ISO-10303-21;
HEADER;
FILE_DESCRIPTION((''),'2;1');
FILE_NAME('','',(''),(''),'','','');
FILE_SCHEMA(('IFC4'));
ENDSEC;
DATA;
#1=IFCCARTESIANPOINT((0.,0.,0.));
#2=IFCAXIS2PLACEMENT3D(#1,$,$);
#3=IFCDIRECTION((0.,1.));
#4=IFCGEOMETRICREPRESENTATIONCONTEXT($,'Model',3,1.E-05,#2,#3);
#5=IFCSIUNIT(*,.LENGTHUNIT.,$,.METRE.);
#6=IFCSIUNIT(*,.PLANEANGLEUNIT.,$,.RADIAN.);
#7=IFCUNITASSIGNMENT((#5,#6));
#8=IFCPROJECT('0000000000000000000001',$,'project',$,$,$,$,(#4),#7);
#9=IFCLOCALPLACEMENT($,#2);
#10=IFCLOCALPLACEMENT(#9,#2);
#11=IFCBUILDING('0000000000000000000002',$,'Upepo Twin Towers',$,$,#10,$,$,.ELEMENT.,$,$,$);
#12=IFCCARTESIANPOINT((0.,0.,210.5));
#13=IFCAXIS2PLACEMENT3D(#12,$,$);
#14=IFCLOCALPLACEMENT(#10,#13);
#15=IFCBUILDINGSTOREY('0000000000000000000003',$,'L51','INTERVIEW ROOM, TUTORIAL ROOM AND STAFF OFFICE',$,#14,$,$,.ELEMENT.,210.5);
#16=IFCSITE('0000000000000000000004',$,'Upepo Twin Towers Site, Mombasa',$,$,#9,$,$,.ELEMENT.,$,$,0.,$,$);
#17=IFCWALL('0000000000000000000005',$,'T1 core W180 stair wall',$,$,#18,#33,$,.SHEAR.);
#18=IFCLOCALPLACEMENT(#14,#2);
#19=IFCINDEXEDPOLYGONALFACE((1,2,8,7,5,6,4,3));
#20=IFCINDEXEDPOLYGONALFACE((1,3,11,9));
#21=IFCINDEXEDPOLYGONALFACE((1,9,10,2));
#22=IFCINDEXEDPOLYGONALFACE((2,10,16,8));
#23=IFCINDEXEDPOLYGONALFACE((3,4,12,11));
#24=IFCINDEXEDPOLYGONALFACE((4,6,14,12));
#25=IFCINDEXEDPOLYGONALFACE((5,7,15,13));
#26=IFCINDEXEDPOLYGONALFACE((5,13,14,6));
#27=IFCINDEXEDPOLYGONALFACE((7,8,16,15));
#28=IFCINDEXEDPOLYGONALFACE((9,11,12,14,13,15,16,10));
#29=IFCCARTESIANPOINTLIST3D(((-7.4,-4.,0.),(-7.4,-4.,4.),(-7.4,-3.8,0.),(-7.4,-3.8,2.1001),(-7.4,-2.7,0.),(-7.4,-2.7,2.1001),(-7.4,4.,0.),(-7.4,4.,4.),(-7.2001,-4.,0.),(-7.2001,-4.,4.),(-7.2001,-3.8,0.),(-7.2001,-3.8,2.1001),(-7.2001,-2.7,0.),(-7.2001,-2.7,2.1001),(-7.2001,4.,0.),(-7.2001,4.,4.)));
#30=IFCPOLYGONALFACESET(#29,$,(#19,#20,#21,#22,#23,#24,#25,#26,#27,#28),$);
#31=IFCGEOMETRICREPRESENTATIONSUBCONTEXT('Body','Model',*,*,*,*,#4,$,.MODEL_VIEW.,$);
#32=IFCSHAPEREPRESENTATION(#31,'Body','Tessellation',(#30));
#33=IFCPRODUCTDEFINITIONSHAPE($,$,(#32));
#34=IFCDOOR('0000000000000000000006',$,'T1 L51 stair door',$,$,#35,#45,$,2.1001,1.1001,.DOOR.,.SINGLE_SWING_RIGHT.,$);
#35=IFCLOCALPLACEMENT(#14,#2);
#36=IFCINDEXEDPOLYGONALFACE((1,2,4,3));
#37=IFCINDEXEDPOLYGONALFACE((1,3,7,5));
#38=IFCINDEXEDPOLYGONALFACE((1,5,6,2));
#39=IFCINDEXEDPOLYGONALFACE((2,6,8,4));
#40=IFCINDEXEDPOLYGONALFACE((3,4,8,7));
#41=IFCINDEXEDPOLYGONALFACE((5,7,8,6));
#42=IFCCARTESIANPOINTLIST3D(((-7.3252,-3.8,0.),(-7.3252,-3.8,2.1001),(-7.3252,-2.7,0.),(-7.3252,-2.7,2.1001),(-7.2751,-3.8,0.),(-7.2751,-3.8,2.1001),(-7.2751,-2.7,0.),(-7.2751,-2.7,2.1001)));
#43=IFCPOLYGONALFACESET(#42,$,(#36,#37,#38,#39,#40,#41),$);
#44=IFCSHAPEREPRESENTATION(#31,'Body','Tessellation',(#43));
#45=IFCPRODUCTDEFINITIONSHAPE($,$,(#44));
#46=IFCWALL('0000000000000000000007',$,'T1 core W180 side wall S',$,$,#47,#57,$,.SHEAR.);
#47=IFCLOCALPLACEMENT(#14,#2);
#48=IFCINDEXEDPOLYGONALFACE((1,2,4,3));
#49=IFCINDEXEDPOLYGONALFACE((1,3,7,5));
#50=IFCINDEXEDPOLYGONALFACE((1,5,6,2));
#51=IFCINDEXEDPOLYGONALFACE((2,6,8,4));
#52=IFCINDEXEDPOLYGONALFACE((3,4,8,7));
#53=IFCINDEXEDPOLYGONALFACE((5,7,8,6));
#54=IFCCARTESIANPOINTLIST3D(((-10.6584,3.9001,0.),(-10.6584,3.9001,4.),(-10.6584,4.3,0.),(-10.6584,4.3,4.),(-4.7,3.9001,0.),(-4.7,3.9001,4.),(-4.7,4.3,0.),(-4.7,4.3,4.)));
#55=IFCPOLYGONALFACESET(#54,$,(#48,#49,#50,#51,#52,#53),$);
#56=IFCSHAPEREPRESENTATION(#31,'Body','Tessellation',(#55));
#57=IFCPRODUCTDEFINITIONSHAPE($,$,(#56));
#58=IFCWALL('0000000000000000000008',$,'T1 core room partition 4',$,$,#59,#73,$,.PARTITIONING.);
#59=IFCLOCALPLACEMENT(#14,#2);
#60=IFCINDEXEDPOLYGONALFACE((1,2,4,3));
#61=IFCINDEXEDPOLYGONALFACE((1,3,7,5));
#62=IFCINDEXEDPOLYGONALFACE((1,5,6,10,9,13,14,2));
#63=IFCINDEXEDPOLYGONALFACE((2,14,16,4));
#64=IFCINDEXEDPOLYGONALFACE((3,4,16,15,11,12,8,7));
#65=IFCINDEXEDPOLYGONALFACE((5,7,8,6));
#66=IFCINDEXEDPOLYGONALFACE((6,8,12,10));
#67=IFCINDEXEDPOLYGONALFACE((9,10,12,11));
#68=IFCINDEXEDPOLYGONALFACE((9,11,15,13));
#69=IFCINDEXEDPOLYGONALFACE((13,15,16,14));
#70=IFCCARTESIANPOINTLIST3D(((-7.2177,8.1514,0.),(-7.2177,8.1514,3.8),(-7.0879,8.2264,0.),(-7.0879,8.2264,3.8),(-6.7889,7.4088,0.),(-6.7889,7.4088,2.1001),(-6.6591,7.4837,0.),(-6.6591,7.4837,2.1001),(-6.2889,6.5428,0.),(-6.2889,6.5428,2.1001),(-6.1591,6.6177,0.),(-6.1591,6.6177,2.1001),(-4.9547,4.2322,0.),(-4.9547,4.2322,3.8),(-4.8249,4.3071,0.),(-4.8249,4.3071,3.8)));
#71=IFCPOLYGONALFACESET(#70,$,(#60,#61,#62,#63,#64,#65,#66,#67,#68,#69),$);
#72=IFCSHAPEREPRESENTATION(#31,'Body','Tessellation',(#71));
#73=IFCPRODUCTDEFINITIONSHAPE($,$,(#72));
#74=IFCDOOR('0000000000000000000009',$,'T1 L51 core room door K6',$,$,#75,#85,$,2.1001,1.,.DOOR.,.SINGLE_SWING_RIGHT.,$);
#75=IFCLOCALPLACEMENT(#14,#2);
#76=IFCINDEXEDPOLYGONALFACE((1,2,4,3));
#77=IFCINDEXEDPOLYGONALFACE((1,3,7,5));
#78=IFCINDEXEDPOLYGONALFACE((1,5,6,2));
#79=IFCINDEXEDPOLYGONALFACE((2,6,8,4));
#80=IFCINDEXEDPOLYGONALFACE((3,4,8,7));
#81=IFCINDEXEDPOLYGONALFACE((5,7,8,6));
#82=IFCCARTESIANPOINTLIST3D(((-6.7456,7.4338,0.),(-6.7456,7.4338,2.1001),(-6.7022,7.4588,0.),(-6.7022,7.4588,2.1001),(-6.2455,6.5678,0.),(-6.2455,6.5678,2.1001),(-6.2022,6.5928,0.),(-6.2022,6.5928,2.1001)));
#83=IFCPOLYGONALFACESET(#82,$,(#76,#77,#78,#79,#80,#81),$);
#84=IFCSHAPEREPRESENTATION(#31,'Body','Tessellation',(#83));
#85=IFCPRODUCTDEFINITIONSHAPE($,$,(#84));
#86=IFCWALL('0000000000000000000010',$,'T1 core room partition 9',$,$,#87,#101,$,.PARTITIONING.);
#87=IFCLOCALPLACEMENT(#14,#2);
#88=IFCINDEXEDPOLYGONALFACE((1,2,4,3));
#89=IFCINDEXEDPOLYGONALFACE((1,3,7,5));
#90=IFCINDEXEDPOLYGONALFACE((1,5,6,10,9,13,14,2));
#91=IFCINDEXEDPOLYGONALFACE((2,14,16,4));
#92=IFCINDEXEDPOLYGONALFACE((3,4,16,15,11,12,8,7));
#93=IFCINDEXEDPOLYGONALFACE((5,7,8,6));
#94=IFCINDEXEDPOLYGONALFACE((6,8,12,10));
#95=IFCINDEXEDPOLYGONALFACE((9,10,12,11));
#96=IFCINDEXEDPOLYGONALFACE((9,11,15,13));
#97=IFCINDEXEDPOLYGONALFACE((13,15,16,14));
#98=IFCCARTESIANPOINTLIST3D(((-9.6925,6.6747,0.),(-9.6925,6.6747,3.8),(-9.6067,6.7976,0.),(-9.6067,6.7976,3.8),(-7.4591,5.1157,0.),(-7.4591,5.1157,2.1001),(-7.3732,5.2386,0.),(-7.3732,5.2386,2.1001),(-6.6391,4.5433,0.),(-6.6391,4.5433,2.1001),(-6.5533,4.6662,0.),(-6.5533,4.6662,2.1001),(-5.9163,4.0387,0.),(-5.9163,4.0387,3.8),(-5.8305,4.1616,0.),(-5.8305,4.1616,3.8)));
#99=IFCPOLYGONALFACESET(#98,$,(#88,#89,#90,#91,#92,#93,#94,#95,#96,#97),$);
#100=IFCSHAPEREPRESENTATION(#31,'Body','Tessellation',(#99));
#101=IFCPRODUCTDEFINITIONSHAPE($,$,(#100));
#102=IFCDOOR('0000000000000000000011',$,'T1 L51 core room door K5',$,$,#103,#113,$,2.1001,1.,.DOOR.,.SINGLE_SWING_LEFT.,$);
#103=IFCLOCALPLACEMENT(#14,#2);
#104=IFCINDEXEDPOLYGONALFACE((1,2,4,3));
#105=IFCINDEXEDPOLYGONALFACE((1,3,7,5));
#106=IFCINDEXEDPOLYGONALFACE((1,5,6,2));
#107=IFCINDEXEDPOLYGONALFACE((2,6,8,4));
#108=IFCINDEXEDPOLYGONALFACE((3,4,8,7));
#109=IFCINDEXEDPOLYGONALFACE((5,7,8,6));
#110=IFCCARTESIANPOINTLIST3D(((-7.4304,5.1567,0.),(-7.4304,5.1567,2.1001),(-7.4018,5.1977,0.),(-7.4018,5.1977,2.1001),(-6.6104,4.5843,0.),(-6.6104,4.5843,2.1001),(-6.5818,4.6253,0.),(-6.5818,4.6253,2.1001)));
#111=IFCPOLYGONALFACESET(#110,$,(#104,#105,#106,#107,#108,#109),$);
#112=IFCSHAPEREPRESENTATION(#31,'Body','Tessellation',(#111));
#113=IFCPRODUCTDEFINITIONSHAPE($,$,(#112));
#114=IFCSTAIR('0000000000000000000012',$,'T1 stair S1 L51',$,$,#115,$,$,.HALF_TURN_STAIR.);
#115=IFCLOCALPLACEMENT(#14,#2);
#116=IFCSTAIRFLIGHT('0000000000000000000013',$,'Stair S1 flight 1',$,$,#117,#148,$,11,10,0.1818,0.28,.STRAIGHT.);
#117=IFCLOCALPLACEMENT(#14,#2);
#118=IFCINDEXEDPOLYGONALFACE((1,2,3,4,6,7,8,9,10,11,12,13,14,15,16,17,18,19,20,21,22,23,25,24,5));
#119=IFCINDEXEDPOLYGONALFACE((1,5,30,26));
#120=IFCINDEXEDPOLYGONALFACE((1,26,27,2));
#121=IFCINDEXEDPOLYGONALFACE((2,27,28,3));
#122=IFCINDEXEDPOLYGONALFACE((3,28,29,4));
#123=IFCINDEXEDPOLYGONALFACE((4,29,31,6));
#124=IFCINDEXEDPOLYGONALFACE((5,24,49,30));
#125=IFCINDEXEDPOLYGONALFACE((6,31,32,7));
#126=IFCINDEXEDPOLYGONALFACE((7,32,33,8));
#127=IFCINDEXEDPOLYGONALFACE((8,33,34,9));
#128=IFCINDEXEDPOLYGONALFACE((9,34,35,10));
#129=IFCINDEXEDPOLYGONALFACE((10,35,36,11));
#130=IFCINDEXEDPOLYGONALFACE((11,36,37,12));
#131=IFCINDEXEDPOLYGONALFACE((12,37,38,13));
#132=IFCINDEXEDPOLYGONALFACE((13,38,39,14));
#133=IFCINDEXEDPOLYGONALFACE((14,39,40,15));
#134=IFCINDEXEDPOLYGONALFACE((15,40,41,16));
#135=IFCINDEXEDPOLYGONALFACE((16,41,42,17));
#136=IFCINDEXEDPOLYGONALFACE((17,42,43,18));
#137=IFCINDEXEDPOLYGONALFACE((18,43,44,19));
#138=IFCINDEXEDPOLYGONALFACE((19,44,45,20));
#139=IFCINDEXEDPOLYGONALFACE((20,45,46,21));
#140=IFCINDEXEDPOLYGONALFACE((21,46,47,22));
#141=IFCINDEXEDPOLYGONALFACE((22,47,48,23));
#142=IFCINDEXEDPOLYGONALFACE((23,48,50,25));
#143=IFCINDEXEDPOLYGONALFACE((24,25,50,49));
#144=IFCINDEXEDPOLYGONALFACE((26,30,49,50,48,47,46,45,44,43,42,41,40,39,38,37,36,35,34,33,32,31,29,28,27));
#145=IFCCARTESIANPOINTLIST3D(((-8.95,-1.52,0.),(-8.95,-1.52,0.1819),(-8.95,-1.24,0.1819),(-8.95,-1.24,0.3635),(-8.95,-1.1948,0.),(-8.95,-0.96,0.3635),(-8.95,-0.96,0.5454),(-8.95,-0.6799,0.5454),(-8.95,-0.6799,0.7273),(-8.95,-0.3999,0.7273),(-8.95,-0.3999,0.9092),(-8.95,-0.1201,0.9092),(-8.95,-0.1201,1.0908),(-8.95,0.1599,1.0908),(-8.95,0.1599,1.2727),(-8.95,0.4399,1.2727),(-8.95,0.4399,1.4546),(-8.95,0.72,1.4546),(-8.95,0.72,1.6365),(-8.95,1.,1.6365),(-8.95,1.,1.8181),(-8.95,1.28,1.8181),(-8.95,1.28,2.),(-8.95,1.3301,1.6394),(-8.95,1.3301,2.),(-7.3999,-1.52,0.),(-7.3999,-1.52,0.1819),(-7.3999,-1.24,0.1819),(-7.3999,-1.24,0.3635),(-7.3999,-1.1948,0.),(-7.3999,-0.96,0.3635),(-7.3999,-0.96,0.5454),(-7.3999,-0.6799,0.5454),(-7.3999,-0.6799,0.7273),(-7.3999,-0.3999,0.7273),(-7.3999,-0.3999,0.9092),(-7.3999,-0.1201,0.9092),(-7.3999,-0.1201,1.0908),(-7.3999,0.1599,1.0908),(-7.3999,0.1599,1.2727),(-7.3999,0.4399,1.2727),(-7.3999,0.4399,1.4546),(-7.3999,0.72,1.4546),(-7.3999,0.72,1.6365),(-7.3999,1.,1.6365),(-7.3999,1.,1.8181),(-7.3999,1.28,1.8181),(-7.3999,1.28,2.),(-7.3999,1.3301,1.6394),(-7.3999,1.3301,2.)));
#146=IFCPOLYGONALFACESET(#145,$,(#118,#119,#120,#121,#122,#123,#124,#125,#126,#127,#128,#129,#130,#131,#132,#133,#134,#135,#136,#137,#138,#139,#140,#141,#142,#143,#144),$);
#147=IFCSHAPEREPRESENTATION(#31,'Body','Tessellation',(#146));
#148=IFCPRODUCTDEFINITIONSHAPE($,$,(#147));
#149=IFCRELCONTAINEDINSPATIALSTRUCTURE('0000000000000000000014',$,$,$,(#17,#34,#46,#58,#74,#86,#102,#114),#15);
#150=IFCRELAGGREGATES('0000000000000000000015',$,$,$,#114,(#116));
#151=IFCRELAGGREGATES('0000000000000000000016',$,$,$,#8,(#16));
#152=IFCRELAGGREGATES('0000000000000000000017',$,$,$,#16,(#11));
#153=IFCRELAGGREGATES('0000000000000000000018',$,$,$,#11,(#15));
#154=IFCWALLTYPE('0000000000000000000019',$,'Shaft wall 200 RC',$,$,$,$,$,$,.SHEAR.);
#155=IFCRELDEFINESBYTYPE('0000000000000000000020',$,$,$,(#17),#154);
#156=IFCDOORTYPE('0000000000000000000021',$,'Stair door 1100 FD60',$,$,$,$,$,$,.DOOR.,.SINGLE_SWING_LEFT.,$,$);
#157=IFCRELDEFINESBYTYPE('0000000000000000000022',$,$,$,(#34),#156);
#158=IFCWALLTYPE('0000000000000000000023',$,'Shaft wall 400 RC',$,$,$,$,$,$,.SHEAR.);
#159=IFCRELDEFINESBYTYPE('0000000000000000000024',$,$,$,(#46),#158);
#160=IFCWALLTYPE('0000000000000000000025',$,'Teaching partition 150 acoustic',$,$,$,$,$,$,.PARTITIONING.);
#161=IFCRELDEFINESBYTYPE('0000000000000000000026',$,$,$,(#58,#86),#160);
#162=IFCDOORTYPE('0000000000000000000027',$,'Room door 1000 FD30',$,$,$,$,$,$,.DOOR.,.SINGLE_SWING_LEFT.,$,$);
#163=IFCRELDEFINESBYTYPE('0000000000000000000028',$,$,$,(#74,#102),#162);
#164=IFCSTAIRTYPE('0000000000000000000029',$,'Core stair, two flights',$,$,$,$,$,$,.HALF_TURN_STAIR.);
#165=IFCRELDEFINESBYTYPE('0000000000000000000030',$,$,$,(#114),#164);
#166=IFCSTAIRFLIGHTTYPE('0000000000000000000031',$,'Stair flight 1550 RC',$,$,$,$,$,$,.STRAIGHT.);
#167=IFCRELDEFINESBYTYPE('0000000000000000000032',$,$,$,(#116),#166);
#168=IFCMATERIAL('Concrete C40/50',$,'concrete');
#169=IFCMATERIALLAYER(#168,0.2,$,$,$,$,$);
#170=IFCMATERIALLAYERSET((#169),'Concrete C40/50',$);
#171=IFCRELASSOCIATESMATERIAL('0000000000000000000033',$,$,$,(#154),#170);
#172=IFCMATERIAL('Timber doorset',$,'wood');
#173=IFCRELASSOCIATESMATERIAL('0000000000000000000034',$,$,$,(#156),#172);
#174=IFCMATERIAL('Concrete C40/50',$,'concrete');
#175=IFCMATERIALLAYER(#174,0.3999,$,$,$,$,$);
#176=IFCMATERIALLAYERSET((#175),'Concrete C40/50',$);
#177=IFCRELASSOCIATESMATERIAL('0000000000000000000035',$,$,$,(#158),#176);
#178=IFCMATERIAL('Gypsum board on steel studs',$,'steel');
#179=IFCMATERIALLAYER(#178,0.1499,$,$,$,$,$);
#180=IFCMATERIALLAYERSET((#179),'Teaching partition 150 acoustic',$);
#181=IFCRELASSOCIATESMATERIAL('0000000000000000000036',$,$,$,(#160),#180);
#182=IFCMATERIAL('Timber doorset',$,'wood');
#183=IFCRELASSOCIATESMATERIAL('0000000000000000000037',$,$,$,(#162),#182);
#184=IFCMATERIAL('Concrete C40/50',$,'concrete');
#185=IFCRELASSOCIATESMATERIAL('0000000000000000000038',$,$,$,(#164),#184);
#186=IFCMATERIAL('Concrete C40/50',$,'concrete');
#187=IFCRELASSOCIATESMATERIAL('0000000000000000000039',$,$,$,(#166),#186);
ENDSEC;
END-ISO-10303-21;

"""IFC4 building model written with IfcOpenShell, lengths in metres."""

from ifc_helpers import new_model, si_unit, direction, frame, frame_2d, origin, place, context, subcontext, project, spatial, polyline, rectangle, outline, extrude, material, layer, layer_set, type_object, element, fill, aggregate, save


model = new_model("IFC4")

# Units and contexts
model_context = context("Model", 3, precision=1e-05, world=origin(), true_north=direction((0.0, 1.0)))
body_context = subcontext(model_context, "Body", "Model", "MODEL_VIEW")
ifc_project = project(units=[si_unit("LENGTHUNIT", "METRE"), si_unit("PLANEANGLEUNIT", "RADIAN")], contexts=[model_context])

# Site, building, storey
site_placement = place(None, origin())
site = spatial("IfcSite", under=ifc_project, at=site_placement, Name="Upepo Twin Towers Site, Mombasa", CompositionType="ELEMENT", RefElevation=0.0)
building_placement = place(site_placement, origin())
building = spatial("IfcBuilding", under=site, at=building_placement, Name="Upepo Twin Towers", CompositionType="ELEMENT")
storey_placement = place(building_placement, frame((0.0, 0.0, 210.5)))
storey = spatial("IfcBuildingStorey", under=building, at=storey_placement, Name="L51", Description="INTERVIEW ROOM, TUTORIAL ROOM AND STAFF OFFICE", CompositionType="ELEMENT", Elevation=210.5)

# Shared definitions
ifc_material_1 = material(Name="Concrete C40/50", Category="concrete")
ifc_layer_1 = layer(ifc_material_1, 0.2)
ifc_layer_set_1 = layer_set([ifc_layer_1], Name="Concrete C40/50")
wall_type_1 = type_object("IfcWallType", Name="Shaft wall 200 RC", PredefinedType="SHEAR", material=ifc_layer_set_1)

# Wall, opening, door
wall_1_placement = place(storey_placement, frame((-7.3, 4.0, 0.0), z_axis=(0.0, 0.0, 1.0), x_axis=(0.0, -1.0, 0.0)))
wall_1 = element("IfcWall", 1, at=wall_1_placement, inside=storey, type_object=wall_type_1, Name="T1 core W180 stair wall", PredefinedType="SHEAR", context=body_context, shape_type="SweptSolid", body=[
    extrude(rectangle(XDim=8.0, YDim=0.2, at=frame_2d((4.0, 0.0))), origin(), (0.0, 0.0, 1.0), 4.0),
])
opening_1_placement = place(wall_1_placement, frame((6.7, 0.0, 0.0)))
opening_1 = element("IfcOpeningElement", 2, at=opening_1_placement, cuts=wall_1, PredefinedType="OPENING", context=body_context, shape_type="SweptSolid", body=[
    extrude(rectangle(XDim=1.1001, YDim=2.1001, at=frame_2d((0.55, 1.05))), frame((0.0, 0.1099, 0.0), z_axis=(0.0, -1.0, 0.0), x_axis=(1.0, 0.0, 0.0)), (0.0, 0.0, 1.0), 0.22),
])
ifc_material_2 = material(Name="Timber doorset", Category="wood")
door_type_1 = type_object("IfcDoorType", Name="Stair door 1100 FD60", OperationType="SINGLE_SWING_LEFT", PredefinedType="DOOR", material=ifc_material_2)
door_1_placement = place(opening_1_placement, origin())
door_1 = element("IfcDoor", 3, at=door_1_placement, inside=storey, type_object=door_type_1, Name="T1 L51 stair door", OperationType="SINGLE_SWING_RIGHT", OverallHeight=2.1001, OverallWidth=1.1001, PredefinedType="DOOR", context=body_context, shape_type="SweptSolid", body=[
    extrude(rectangle(XDim=1.1001, YDim=2.1001, at=frame_2d((0.55, 1.05))), frame((0.0, 0.0249, 0.0), z_axis=(0.0, -1.0, 0.0), x_axis=(1.0, 0.0, 0.0)), (0.0, 0.0, 1.0), 0.05),
])
fill(opening_1, door_1)

# Wall
ifc_material_3 = material(Name="Concrete C40/50", Category="concrete")
ifc_layer_2 = layer(ifc_material_3, 0.3999)
ifc_layer_set_2 = layer_set([ifc_layer_2], Name="Concrete C40/50")
wall_type_2 = type_object("IfcWallType", Name="Shaft wall 400 RC", PredefinedType="SHEAR", material=ifc_layer_set_2)
wall_2_placement = place(storey_placement, frame((-4.7, 4.1001, 0.0), z_axis=(0.0, 0.0, 1.0), x_axis=(-1.0, 0.0, 0.0)))
element("IfcWall", 4, at=wall_2_placement, inside=storey, type_object=wall_type_2, Name="T1 core W180 side wall S", PredefinedType="SHEAR", context=body_context, shape_type="SweptSolid", body=[
    extrude(rectangle(XDim=5.9585, YDim=0.3999, at=frame_2d((2.9792, 0.0))), origin(), (0.0, 0.0, 1.0), 4.0),
])

# Walls, openings, doors
ifc_material_4 = material(Name="Gypsum board on steel studs", Category="steel")
ifc_layer_3 = layer(ifc_material_4, 0.1499)
ifc_layer_set_3 = layer_set([ifc_layer_3], Name="Teaching partition 150 acoustic")
wall_type_3 = type_object("IfcWallType", Name="Teaching partition 150 acoustic", PredefinedType="PARTITIONING", material=ifc_layer_set_3)
wall_3_placement = place(storey_placement, frame((-4.8899, 4.2698, 0.0), z_axis=(0.0, 0.0, 1.0), x_axis=(-0.500032, 0.866007, 0.0)))
wall_3 = element("IfcWall", 5, at=wall_3_placement, inside=storey, type_object=wall_type_3, Name="T1 core room partition 4", PredefinedType="PARTITIONING", context=body_context, shape_type="SweptSolid", body=[
    extrude(rectangle(XDim=4.5256, YDim=0.1499, at=frame_2d((2.2627, 0.0))), origin(), (0.0, 0.0, 1.0), 3.8),
])
opening_2_placement = place(wall_3_placement, frame((2.668, 0.0, 0.0)))
opening_2 = element("IfcOpeningElement", 6, at=opening_2_placement, cuts=wall_3, PredefinedType="OPENING", context=body_context, shape_type="SweptSolid", body=[
    extrude(rectangle(XDim=1.0, YDim=2.1001, at=frame_2d((0.5, 1.05))), frame((0.0, 0.085, 0.0), z_axis=(0.0, -1.0, 0.0), x_axis=(1.0, 0.0, 0.0)), (0.0, 0.0, 1.0), 0.1699),
])
ifc_material_5 = material(Name="Timber doorset", Category="wood")
door_type_2 = type_object("IfcDoorType", Name="Room door 1000 FD30", OperationType="SINGLE_SWING_LEFT", PredefinedType="DOOR", material=ifc_material_5)
door_2_placement = place(opening_2_placement, origin())
door_2 = element("IfcDoor", 7, at=door_2_placement, inside=storey, type_object=door_type_2, Name="T1 L51 core room door K6", OperationType="SINGLE_SWING_RIGHT", OverallHeight=2.1001, OverallWidth=1.0, PredefinedType="DOOR", context=body_context, shape_type="SweptSolid", body=[
    extrude(rectangle(XDim=1.0, YDim=2.1001, at=frame_2d((0.5, 1.05))), frame((0.0, 0.0249, 0.0), z_axis=(0.0, -1.0, 0.0), x_axis=(1.0, 0.0, 0.0)), (0.0, 0.0, 1.0), 0.05),
])
fill(opening_2, door_2)
wall_4_placement = place(storey_placement, frame((-5.8733, 4.1001, 0.0), z_axis=(0.0, 0.0, 1.0), x_axis=(-0.819976, 0.572398, 0.0)))
wall_4 = element("IfcWall", 8, at=wall_4_placement, inside=storey, type_object=wall_type_3, Name="T1 core room partition 9", PredefinedType="PARTITIONING", context=body_context, shape_type="SweptSolid", body=[
    extrude(rectangle(XDim=4.6052, YDim=0.1499, at=frame_2d((2.3027, 0.0))), origin(), (0.0, 0.0, 1.0), 3.8),
])
opening_3_placement = place(wall_4_placement, frame((0.8816, 0.0, 0.0)))
opening_3 = element("IfcOpeningElement", 9, at=opening_3_placement, cuts=wall_4, PredefinedType="OPENING", context=body_context, shape_type="SweptSolid", body=[
    extrude(rectangle(XDim=1.0, YDim=2.1001, at=frame_2d((0.5, 1.05))), frame((0.0, 0.085, 0.0), z_axis=(0.0, -1.0, 0.0), x_axis=(1.0, 0.0, 0.0)), (0.0, 0.0, 1.0), 0.1699),
])
door_3_placement = place(opening_3_placement, origin())
door_3 = element("IfcDoor", 10, at=door_3_placement, inside=storey, type_object=door_type_2, Name="T1 L51 core room door K5", OperationType="SINGLE_SWING_LEFT", OverallHeight=2.1001, OverallWidth=1.0, PredefinedType="DOOR", context=body_context, shape_type="SweptSolid", body=[
    extrude(rectangle(XDim=1.0, YDim=2.1001, at=frame_2d((0.5, 1.05))), frame((0.0, 0.0249, 0.0), z_axis=(0.0, -1.0, 0.0), x_axis=(1.0, 0.0, 0.0)), (0.0, 0.0, 1.0), 0.05),
])
fill(opening_3, door_3)

# Stair, stair flight
ifc_material_6 = material(Name="Concrete C40/50", Category="concrete")
stair_type = type_object("IfcStairType", Name="Core stair, two flights", PredefinedType="HALF_TURN_STAIR", material=ifc_material_6)
stair_placement = place(storey_placement, origin())
stair = element("IfcStair", 11, at=stair_placement, inside=storey, type_object=stair_type, Name="T1 stair S1 L51", PredefinedType="HALF_TURN_STAIR")
ifc_material_7 = material(Name="Concrete C40/50", Category="concrete")
stair_flight_type = type_object("IfcStairFlightType", Name="Stair flight 1550 RC", PredefinedType="STRAIGHT", material=ifc_material_7)
stair_flight_1_placement = place(storey_placement, frame((-8.175, -1.52, 0.0), z_axis=(0.0, 0.0, 1.0), x_axis=(0.0, 1.0, 0.0)))
stair_flight_1 = element("IfcStairFlight", 12, at=stair_flight_1_placement, type_object=stair_flight_type, Name="Stair S1 flight 1", NumberOfRisers=11, NumberOfTreads=10, PredefinedType="STRAIGHT", RiserHeight=0.1818, TreadLength=0.28, context=body_context, shape_type="SweptSolid", body=[
    extrude(outline(polyline([(0.0, 0.0), (0.0, 0.1819), (0.28, 0.1819), (0.28, 0.3635), (0.5601, 0.3635), (0.5601, 0.5454), (0.8401, 0.5454), (0.8401, 0.7273), (1.1201, 0.7273), (1.1201, 0.9092), (1.3999, 0.9092), (1.3999, 1.0908), (1.6799, 1.0908), (1.6799, 1.2727), (1.96, 1.2727), (1.96, 1.4546), (2.24, 1.4546), (2.24, 1.6365), (2.52, 1.6365), (2.52, 1.8181), (2.8, 1.8181), (2.8, 2.0), (2.8501, 2.0), (2.8501, 1.6394), (0.3252, 0.0), (0.0, 0.0)])), frame((0.0, 0.7749, 0.0), z_axis=(0.0, -1.0, 0.0), x_axis=(1.0, 0.0, 0.0)), (0.0, 0.0, 1.0), 1.55),
])
aggregate(stair, [stair_flight_1])

save(model, "model.ifc")
